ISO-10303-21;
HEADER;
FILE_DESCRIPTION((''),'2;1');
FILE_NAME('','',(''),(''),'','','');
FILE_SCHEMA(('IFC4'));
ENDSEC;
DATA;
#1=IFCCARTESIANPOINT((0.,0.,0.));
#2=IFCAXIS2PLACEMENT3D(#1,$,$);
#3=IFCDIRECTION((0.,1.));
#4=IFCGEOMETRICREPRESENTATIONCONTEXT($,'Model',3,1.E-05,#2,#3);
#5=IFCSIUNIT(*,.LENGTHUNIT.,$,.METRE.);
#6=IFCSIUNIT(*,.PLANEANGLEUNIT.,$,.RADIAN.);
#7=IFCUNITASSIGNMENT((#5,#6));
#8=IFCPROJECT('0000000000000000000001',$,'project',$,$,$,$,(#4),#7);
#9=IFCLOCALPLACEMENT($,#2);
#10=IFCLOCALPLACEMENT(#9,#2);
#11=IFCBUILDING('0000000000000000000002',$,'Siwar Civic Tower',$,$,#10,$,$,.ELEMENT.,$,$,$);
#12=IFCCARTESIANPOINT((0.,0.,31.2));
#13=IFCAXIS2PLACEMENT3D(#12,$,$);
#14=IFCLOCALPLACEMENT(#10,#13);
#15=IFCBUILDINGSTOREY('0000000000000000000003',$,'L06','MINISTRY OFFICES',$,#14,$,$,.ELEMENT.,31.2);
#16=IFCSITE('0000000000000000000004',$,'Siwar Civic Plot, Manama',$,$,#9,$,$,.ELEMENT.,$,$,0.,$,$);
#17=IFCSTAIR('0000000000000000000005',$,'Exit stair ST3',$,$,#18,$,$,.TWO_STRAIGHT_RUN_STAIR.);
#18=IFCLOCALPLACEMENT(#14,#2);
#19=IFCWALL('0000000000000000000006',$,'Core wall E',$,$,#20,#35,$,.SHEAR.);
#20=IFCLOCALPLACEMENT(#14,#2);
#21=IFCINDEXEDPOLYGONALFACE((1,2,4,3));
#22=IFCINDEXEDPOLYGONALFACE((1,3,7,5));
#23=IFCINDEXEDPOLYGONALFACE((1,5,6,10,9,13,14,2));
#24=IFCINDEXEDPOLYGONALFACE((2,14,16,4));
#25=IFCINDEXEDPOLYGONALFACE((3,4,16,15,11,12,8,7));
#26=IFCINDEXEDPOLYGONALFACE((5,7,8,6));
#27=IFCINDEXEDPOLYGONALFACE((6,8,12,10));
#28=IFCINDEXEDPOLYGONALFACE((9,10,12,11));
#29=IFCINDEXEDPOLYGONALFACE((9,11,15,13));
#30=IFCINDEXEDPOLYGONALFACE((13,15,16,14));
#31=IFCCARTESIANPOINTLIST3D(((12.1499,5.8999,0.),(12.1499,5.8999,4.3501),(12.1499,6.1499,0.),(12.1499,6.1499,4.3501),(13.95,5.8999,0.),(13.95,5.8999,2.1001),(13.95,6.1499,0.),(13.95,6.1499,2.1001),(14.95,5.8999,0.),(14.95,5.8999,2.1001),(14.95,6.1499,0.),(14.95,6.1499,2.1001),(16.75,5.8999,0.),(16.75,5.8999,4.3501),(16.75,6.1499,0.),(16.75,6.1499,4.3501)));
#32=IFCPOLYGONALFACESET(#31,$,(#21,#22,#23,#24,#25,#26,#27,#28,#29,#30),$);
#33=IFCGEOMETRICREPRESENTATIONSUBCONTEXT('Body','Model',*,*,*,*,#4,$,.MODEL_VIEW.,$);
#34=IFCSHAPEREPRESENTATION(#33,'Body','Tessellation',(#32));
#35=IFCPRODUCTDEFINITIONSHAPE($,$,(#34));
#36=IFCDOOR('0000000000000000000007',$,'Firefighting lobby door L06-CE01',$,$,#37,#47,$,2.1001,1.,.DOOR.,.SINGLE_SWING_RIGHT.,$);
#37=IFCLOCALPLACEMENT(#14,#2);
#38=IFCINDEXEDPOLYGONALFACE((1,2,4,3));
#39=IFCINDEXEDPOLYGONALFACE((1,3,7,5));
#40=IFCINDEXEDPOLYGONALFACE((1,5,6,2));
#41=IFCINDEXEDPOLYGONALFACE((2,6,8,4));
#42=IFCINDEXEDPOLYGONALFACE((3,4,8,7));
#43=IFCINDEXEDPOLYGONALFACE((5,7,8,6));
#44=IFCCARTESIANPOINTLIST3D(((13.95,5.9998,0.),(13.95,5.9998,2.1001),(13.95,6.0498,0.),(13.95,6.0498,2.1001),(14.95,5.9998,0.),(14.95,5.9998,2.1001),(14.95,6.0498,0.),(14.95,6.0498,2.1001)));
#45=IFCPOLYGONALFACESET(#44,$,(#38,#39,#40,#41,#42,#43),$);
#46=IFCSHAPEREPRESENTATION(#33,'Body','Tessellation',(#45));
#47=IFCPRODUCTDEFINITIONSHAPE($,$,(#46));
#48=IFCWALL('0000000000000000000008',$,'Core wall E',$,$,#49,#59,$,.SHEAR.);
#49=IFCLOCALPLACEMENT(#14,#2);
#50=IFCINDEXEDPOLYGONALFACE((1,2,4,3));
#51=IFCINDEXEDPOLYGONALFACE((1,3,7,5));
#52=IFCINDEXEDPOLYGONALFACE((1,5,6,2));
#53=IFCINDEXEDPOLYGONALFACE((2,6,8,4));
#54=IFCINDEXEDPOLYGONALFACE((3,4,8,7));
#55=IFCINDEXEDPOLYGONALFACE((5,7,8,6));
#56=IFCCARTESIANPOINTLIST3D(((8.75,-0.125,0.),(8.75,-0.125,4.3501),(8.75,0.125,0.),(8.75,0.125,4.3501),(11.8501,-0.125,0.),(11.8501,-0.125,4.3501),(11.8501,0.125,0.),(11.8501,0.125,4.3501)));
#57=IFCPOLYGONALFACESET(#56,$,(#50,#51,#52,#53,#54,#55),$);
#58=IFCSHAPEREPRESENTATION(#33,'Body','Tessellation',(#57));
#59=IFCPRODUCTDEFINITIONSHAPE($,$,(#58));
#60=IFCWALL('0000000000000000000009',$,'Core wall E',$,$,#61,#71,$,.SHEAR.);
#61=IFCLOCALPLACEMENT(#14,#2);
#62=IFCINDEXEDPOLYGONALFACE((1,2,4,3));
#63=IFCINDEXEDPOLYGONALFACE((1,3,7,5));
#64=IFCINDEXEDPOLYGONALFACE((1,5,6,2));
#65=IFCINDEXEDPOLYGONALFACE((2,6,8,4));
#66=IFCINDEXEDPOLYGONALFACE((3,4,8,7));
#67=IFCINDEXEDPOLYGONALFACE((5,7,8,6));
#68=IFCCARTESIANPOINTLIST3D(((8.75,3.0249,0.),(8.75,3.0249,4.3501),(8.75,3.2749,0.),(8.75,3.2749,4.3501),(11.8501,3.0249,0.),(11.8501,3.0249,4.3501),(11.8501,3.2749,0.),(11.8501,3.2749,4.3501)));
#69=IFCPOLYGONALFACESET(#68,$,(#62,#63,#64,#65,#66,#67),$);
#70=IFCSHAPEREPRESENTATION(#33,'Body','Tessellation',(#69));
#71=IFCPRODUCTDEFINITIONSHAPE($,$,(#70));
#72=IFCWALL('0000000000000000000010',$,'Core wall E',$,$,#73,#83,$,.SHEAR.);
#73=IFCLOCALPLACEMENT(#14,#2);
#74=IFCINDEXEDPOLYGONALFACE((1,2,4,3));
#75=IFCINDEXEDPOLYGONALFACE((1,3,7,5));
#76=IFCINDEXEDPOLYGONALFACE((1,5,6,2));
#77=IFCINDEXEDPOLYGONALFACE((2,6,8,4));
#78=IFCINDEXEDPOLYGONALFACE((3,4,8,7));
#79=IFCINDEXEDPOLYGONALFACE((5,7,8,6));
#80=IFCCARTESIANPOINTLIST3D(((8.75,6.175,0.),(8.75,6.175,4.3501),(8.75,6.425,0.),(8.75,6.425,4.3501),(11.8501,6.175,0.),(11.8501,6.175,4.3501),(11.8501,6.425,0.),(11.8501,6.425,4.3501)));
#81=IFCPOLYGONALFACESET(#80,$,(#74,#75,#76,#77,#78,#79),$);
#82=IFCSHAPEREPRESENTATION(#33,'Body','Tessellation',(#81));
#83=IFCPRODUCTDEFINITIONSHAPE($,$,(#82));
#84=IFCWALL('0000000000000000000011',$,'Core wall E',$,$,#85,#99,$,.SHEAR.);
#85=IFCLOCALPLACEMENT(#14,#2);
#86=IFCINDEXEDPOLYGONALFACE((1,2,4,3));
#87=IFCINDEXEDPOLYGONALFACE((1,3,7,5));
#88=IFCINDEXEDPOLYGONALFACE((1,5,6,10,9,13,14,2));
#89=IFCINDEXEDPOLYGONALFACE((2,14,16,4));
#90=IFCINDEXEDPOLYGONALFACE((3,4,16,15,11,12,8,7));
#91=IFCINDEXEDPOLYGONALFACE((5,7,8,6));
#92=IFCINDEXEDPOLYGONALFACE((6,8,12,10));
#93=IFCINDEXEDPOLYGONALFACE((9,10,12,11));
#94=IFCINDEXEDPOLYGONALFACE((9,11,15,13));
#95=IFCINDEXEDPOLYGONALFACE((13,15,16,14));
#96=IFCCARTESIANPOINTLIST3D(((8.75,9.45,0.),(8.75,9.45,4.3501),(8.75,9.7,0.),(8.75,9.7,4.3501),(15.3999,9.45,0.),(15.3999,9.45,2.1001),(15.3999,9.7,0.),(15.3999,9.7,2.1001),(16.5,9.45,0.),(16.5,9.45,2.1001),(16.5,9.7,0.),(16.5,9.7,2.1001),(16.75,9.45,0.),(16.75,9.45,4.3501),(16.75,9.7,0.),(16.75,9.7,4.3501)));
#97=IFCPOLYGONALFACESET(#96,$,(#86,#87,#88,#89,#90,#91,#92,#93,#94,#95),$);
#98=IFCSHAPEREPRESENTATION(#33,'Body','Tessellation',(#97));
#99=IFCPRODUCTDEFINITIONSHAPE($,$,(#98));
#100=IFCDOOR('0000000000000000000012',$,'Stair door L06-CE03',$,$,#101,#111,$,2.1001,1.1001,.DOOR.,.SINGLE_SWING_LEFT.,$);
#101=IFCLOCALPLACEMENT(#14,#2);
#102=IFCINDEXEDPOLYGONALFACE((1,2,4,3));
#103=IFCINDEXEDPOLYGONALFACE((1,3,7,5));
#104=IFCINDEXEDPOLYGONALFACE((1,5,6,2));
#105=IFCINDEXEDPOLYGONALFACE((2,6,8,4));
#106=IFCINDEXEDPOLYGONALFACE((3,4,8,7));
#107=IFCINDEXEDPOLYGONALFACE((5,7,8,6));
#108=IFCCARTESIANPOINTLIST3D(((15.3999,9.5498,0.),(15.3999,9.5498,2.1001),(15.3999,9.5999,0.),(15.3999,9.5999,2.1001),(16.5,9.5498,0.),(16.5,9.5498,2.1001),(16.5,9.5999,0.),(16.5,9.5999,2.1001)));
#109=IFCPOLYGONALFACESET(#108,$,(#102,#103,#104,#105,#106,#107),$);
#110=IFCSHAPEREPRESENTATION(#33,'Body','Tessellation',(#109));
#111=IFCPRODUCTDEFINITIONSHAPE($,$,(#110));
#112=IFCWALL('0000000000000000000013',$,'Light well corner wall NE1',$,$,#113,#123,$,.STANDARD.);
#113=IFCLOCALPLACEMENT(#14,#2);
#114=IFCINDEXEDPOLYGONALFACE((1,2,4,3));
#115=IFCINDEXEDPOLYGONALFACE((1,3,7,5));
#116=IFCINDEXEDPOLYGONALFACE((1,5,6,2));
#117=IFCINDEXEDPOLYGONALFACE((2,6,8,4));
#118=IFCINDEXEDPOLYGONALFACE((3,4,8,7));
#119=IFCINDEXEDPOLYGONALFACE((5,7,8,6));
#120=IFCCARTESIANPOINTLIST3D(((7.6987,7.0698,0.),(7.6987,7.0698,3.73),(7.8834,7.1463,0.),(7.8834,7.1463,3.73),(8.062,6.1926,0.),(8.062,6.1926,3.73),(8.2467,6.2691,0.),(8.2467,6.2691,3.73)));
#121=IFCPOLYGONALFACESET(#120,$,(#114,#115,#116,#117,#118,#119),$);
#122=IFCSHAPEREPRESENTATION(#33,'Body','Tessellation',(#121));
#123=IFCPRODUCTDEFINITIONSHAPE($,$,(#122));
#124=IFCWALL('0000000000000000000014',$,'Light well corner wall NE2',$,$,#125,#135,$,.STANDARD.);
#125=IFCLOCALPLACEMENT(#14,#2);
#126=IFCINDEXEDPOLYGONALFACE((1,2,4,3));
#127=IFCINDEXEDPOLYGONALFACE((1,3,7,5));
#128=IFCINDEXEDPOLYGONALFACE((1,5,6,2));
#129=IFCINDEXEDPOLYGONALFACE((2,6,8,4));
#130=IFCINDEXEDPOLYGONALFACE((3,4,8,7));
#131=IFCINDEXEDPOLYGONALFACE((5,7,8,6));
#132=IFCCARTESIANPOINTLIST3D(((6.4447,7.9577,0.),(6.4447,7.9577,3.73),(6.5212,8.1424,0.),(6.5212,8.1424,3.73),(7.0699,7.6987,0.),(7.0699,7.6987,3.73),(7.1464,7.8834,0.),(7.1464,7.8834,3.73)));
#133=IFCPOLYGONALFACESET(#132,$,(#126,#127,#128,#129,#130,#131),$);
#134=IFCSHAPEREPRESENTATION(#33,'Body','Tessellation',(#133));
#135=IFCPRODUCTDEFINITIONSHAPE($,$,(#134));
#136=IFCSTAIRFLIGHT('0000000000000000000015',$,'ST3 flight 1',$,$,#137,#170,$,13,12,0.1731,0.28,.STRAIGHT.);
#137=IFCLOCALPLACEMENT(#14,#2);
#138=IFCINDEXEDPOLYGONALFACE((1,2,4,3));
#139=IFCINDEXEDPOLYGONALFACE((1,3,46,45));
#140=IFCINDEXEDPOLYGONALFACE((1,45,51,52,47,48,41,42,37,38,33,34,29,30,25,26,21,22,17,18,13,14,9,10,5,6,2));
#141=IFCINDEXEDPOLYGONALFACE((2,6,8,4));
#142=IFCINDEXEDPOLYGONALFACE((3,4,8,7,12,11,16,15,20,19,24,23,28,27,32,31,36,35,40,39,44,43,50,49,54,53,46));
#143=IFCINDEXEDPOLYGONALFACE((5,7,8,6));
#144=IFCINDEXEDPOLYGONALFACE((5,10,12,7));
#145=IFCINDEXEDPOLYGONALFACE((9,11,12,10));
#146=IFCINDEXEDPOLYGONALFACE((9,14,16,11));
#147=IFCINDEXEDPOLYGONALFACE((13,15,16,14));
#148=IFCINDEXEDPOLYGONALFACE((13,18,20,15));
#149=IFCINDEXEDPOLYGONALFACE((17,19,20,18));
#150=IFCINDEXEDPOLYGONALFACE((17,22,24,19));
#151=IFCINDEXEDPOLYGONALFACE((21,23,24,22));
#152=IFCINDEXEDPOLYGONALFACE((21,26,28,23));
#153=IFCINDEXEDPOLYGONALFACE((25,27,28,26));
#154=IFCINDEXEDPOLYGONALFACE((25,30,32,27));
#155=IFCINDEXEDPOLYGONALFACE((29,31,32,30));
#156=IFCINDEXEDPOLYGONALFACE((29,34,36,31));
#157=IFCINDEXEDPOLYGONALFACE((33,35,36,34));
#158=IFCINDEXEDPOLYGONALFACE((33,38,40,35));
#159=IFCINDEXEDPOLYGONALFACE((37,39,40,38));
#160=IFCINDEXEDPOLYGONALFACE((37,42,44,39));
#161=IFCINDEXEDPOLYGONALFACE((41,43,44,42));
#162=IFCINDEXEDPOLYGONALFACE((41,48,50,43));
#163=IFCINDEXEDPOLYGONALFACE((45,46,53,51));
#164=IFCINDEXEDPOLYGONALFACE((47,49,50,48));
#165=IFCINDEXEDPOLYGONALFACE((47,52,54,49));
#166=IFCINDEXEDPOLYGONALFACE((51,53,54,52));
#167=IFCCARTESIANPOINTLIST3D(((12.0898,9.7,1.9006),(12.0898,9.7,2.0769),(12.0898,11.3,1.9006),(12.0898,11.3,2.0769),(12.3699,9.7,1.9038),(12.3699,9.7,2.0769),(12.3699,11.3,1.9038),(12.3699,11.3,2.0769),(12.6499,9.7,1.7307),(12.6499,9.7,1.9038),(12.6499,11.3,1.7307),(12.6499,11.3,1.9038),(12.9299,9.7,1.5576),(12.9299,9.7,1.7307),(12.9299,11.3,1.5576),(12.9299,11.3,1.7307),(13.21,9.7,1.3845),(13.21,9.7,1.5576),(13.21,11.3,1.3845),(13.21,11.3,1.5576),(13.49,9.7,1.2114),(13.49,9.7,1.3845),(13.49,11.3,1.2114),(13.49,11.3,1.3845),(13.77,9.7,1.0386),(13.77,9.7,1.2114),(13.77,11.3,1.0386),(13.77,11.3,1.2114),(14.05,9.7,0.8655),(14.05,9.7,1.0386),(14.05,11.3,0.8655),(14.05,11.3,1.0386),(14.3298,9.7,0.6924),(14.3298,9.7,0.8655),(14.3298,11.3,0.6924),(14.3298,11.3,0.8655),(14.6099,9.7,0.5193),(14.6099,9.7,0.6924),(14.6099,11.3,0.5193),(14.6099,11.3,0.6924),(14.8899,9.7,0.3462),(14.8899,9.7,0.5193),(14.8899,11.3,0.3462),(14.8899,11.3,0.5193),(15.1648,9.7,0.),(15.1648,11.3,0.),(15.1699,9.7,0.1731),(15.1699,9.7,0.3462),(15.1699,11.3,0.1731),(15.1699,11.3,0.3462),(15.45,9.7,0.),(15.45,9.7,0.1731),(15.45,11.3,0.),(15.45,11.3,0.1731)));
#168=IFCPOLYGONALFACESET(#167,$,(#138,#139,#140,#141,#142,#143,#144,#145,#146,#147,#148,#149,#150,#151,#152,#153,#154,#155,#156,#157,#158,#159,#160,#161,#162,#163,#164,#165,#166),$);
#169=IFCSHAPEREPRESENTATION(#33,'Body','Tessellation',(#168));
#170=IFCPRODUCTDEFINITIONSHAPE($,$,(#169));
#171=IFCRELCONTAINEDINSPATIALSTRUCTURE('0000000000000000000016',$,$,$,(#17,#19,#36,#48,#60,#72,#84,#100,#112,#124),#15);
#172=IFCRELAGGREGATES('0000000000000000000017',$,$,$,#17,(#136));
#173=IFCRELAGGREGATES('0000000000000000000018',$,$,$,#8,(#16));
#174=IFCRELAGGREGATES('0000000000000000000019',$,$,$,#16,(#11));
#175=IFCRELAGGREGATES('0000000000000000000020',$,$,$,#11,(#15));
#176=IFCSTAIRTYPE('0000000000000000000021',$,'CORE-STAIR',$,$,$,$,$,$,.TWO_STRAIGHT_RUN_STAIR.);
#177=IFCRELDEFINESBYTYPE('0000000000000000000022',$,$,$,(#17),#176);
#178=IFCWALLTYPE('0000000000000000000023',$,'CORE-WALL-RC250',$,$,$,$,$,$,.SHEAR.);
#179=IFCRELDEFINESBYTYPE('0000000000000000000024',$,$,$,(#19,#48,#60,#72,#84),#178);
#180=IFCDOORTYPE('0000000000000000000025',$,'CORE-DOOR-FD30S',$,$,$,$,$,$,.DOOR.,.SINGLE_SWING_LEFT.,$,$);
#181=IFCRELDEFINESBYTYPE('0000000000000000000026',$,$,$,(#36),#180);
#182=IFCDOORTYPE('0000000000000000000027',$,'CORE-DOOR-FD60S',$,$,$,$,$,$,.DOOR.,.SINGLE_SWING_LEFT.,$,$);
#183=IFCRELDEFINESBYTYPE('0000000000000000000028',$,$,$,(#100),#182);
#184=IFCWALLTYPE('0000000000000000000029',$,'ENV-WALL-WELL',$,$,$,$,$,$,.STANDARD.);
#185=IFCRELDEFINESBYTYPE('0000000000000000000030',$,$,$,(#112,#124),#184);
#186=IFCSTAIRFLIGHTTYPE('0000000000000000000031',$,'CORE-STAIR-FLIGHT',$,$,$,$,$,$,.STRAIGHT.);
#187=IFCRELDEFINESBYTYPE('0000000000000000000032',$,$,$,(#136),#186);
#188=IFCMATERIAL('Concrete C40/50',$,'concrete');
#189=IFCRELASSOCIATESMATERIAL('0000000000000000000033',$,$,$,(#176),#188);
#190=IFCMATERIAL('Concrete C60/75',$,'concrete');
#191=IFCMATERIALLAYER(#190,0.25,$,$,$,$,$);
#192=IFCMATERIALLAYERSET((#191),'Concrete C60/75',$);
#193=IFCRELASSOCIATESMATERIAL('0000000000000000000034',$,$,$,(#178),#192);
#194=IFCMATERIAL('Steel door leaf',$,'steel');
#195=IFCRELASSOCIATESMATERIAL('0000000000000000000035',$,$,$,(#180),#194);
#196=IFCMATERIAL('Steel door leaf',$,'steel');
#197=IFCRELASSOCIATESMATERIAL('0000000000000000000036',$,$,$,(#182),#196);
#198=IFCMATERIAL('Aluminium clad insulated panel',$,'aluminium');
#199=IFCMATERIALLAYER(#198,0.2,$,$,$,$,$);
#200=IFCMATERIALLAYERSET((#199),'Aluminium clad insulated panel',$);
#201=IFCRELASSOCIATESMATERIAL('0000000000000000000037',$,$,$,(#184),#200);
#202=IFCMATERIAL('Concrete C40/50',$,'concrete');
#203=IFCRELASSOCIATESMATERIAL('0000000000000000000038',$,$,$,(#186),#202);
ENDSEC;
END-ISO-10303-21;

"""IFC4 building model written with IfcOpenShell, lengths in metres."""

from ifc_helpers import new_model, si_unit, direction, frame, frame_2d, origin, place, context, subcontext, project, spatial, polyline, rectangle, outline, extrude, material, layer, layer_set, type_object, element, fill, aggregate, save


model = new_model("IFC4")

# Units and contexts
model_context = context("Model", 3, precision=1e-05, world=origin(), true_north=direction((0.0, 1.0)))
body_context = subcontext(model_context, "Body", "Model", "MODEL_VIEW")
ifc_project = project(units=[si_unit("LENGTHUNIT", "METRE"), si_unit("PLANEANGLEUNIT", "RADIAN")], contexts=[model_context])

# Site, building, storey
site_placement = place(None, origin())
site = spatial("IfcSite", under=ifc_project, at=site_placement, Name="Siwar Civic Plot, Manama", CompositionType="ELEMENT", RefElevation=0.0)
building_placement = place(site_placement, origin())
building = spatial("IfcBuilding", under=site, at=building_placement, Name="Siwar Civic Tower", CompositionType="ELEMENT")
storey_placement = place(building_placement, frame((0.0, 0.0, 31.2)))
storey = spatial("IfcBuildingStorey", under=building, at=storey_placement, Name="L06", Description="MINISTRY OFFICES", CompositionType="ELEMENT", Elevation=31.2)

# Stair
ifc_material_1 = material(Name="Concrete C40/50", Category="concrete")
stair_type = type_object("IfcStairType", Name="CORE-STAIR", PredefinedType="TWO_STRAIGHT_RUN_STAIR", material=ifc_material_1)
stair_1_placement = place(storey_placement, origin())
stair_1 = element("IfcStair", 1, at=stair_1_placement, inside=storey, type_object=stair_type, Name="Exit stair ST3", PredefinedType="TWO_STRAIGHT_RUN_STAIR")

# Wall, opening, door
ifc_material_2 = material(Name="Concrete C60/75", Category="concrete")
ifc_layer_1 = layer(ifc_material_2, 0.25)
ifc_layer_set_1 = layer_set([ifc_layer_1], Name="Concrete C60/75")
wall_type_1 = type_object("IfcWallType", Name="CORE-WALL-RC250", PredefinedType="SHEAR", material=ifc_layer_set_1)
wall_1_placement = place(storey_placement, frame((12.1499, 6.0249, 0.0), z_axis=(0.0, 0.0, 1.0), x_axis=(1.0, 0.0, 0.0)))
wall_1 = element("IfcWall", 2, at=wall_1_placement, inside=storey, type_object=wall_type_1, Name="Core wall E", PredefinedType="SHEAR", context=body_context, shape_type="SweptSolid", body=[
    extrude(rectangle(XDim=4.6001, YDim=0.25, at=frame_2d((2.3, 0.0))), origin(), (0.0, 0.0, 1.0), 4.3501),
])
opening_1_placement = place(wall_1_placement, frame((1.8, 0.0, 0.0)))
opening_1 = element("IfcOpeningElement", 3, at=opening_1_placement, cuts=wall_1, PredefinedType="OPENING", context=body_context, shape_type="SweptSolid", body=[
    extrude(rectangle(XDim=1.0, YDim=2.1001, at=frame_2d((0.5, 1.05))), frame((0.0, 0.135, 0.0), z_axis=(0.0, -1.0, 0.0), x_axis=(1.0, 0.0, 0.0)), (0.0, 0.0, 1.0), 0.27),
])
ifc_material_3 = material(Name="Steel door leaf", Category="steel")
door_type_1 = type_object("IfcDoorType", Name="CORE-DOOR-FD30S", OperationType="SINGLE_SWING_LEFT", PredefinedType="DOOR", material=ifc_material_3)
door_1_placement = place(opening_1_placement, origin())
door_1 = element("IfcDoor", 4, at=door_1_placement, inside=storey, type_object=door_type_1, Name="Firefighting lobby door L06-CE01", OperationType="SINGLE_SWING_RIGHT", OverallHeight=2.1001, OverallWidth=1.0, PredefinedType="DOOR", context=body_context, shape_type="SweptSolid", body=[
    extrude(rectangle(XDim=1.0, YDim=2.1001, at=frame_2d((0.5, 1.05))), frame((0.0, 0.0249, 0.0), z_axis=(0.0, -1.0, 0.0), x_axis=(1.0, 0.0, 0.0)), (0.0, 0.0, 1.0), 0.05),
])
fill(opening_1, door_1)

# Walls
for number, where, z_axis, x_axis, name in (
    (5, (8.75, 0.0, 0.0), (0.0, 0.0, 1.0), (1.0, 0.0, 0.0), "Core wall E"),
    (6, (8.75, 3.1499, 0.0), (0.0, 0.0, 1.0), (1.0, 0.0, 0.0), "Core wall E"),
    (7, (8.75, 6.3, 0.0), (0.0, 0.0, 1.0), (1.0, 0.0, 0.0), "Core wall E"),
):
    element("IfcWall", number, at=place(storey_placement, frame(where, z_axis=z_axis, x_axis=x_axis)), inside=storey, type_object=wall_type_1, Name=name, PredefinedType="SHEAR", context=body_context, shape_type="SweptSolid", body=[
        extrude(rectangle(XDim=3.1001, YDim=0.25, at=frame_2d((1.55, 0.0))), origin(), (0.0, 0.0, 1.0), 4.3501),
    ])

# Wall, opening, door
wall_2_placement = place(storey_placement, frame((8.75, 9.575, 0.0), z_axis=(0.0, 0.0, 1.0), x_axis=(1.0, 0.0, 0.0)))
wall_2 = element("IfcWall", 8, at=wall_2_placement, inside=storey, type_object=wall_type_1, Name="Core wall E", PredefinedType="SHEAR", context=body_context, shape_type="SweptSolid", body=[
    extrude(rectangle(XDim=8.0, YDim=0.25, at=frame_2d((4.0, 0.0))), origin(), (0.0, 0.0, 1.0), 4.3501),
])
opening_2_placement = place(wall_2_placement, frame((6.6499, 0.0, 0.0)))
opening_2 = element("IfcOpeningElement", 9, at=opening_2_placement, cuts=wall_2, PredefinedType="OPENING", context=body_context, shape_type="SweptSolid", body=[
    extrude(rectangle(XDim=1.1001, YDim=2.1001, at=frame_2d((0.55, 1.05))), frame((0.0, 0.135, 0.0), z_axis=(0.0, -1.0, 0.0), x_axis=(1.0, 0.0, 0.0)), (0.0, 0.0, 1.0), 0.27),
])
ifc_material_4 = material(Name="Steel door leaf", Category="steel")
door_type_2 = type_object("IfcDoorType", Name="CORE-DOOR-FD60S", OperationType="SINGLE_SWING_LEFT", PredefinedType="DOOR", material=ifc_material_4)
door_2_placement = place(opening_2_placement, origin())
door_2 = element("IfcDoor", 10, at=door_2_placement, inside=storey, type_object=door_type_2, Name="Stair door L06-CE03", OperationType="SINGLE_SWING_LEFT", OverallHeight=2.1001, OverallWidth=1.1001, PredefinedType="DOOR", context=body_context, shape_type="SweptSolid", body=[
    extrude(rectangle(XDim=1.1001, YDim=2.1001, at=frame_2d((0.55, 1.05))), frame((0.0, 0.0249, 0.0), z_axis=(0.0, -1.0, 0.0), x_axis=(1.0, 0.0, 0.0)), (0.0, 0.0, 1.0), 0.05),
])
fill(opening_2, door_2)

# Walls
ifc_material_5 = material(Name="Aluminium clad insulated panel", Category="aluminium")
ifc_layer_2 = layer(ifc_material_5, 0.2)
ifc_layer_set_2 = layer_set([ifc_layer_2], Name="Aluminium clad insulated panel")
wall_type_2 = type_object("IfcWallType", Name="ENV-WALL-WELL", PredefinedType="STANDARD", material=ifc_layer_set_2)
wall_3_placement = place(storey_placement, frame((8.1543, 6.231, 0.0), z_axis=(0.0, 0.0, 1.0), x_axis=(-0.382624, 0.923904, 0.0)))
element("IfcWall", 11, at=wall_3_placement, inside=storey, type_object=wall_type_2, Name="Light well corner wall NE1", PredefinedType="STANDARD", context=body_context, shape_type="SweptSolid", body=[
    extrude(rectangle(XDim=0.9495, YDim=0.2, at=frame_2d((0.4746, 0.0))), origin(), (0.0, 0.0, 1.0), 3.73),
])
wall_4_placement = place(storey_placement, frame((7.1082, 7.791, 0.0), z_axis=(0.0, 0.0, 1.0), x_axis=(-0.923854, 0.382745, 0.0)))
element("IfcWall", 12, at=wall_4_placement, inside=storey, type_object=wall_type_2, Name="Light well corner wall NE2", PredefinedType="STANDARD", context=body_context, shape_type="SweptSolid", body=[
    extrude(rectangle(XDim=0.6768, YDim=0.2, at=frame_2d((0.3384, 0.0))), origin(), (0.0, 0.0, 1.0), 3.73),
])

# Stair flight
ifc_material_6 = material(Name="Concrete C40/50", Category="concrete")
stair_flight_type = type_object("IfcStairFlightType", Name="CORE-STAIR-FLIGHT", PredefinedType="STRAIGHT", material=ifc_material_6)
stair_flight_1_placement = place(storey_placement, frame((15.45, 10.5, 0.0), z_axis=(0.0, 0.0, 1.0), x_axis=(-1.0, 0.0, 0.0)))
stair_flight_1 = element("IfcStairFlight", 13, at=stair_flight_1_placement, type_object=stair_flight_type, Name="ST3 flight 1", NumberOfRisers=13, NumberOfTreads=12, PredefinedType="STRAIGHT", RiserHeight=0.1731, TreadLength=0.28, context=body_context, shape_type="SweptSolid", body=[
    extrude(outline(polyline([(0.0, 0.0), (0.0, 0.1731), (0.28, 0.1731), (0.28, 0.3462), (0.5601, 0.3462), (0.5601, 0.5193), (0.8401, 0.5193), (0.8401, 0.6924), (1.1201, 0.6924), (1.1201, 0.8655), (1.3999, 0.8655), (1.3999, 1.0386), (1.6799, 1.0386), (1.6799, 1.2114), (1.96, 1.2114), (1.96, 1.3845), (2.24, 1.3845), (2.24, 1.5576), (2.52, 1.5576), (2.52, 1.7307), (2.8, 1.7307), (2.8, 1.9038), (3.0801, 1.9038), (3.0801, 2.0769), (3.3601, 2.0769), (3.3601, 2.25), (3.3601, 1.9006), (0.2852, 0.0), (0.0, 0.0)])), frame((0.0, 0.8, 0.0), z_axis=(0.0, -1.0, 0.0), x_axis=(1.0, 0.0, 0.0)), (0.0, 0.0, 1.0), 1.6001),
])
aggregate(stair_1, [stair_flight_1])

save(model, "model.ifc")
